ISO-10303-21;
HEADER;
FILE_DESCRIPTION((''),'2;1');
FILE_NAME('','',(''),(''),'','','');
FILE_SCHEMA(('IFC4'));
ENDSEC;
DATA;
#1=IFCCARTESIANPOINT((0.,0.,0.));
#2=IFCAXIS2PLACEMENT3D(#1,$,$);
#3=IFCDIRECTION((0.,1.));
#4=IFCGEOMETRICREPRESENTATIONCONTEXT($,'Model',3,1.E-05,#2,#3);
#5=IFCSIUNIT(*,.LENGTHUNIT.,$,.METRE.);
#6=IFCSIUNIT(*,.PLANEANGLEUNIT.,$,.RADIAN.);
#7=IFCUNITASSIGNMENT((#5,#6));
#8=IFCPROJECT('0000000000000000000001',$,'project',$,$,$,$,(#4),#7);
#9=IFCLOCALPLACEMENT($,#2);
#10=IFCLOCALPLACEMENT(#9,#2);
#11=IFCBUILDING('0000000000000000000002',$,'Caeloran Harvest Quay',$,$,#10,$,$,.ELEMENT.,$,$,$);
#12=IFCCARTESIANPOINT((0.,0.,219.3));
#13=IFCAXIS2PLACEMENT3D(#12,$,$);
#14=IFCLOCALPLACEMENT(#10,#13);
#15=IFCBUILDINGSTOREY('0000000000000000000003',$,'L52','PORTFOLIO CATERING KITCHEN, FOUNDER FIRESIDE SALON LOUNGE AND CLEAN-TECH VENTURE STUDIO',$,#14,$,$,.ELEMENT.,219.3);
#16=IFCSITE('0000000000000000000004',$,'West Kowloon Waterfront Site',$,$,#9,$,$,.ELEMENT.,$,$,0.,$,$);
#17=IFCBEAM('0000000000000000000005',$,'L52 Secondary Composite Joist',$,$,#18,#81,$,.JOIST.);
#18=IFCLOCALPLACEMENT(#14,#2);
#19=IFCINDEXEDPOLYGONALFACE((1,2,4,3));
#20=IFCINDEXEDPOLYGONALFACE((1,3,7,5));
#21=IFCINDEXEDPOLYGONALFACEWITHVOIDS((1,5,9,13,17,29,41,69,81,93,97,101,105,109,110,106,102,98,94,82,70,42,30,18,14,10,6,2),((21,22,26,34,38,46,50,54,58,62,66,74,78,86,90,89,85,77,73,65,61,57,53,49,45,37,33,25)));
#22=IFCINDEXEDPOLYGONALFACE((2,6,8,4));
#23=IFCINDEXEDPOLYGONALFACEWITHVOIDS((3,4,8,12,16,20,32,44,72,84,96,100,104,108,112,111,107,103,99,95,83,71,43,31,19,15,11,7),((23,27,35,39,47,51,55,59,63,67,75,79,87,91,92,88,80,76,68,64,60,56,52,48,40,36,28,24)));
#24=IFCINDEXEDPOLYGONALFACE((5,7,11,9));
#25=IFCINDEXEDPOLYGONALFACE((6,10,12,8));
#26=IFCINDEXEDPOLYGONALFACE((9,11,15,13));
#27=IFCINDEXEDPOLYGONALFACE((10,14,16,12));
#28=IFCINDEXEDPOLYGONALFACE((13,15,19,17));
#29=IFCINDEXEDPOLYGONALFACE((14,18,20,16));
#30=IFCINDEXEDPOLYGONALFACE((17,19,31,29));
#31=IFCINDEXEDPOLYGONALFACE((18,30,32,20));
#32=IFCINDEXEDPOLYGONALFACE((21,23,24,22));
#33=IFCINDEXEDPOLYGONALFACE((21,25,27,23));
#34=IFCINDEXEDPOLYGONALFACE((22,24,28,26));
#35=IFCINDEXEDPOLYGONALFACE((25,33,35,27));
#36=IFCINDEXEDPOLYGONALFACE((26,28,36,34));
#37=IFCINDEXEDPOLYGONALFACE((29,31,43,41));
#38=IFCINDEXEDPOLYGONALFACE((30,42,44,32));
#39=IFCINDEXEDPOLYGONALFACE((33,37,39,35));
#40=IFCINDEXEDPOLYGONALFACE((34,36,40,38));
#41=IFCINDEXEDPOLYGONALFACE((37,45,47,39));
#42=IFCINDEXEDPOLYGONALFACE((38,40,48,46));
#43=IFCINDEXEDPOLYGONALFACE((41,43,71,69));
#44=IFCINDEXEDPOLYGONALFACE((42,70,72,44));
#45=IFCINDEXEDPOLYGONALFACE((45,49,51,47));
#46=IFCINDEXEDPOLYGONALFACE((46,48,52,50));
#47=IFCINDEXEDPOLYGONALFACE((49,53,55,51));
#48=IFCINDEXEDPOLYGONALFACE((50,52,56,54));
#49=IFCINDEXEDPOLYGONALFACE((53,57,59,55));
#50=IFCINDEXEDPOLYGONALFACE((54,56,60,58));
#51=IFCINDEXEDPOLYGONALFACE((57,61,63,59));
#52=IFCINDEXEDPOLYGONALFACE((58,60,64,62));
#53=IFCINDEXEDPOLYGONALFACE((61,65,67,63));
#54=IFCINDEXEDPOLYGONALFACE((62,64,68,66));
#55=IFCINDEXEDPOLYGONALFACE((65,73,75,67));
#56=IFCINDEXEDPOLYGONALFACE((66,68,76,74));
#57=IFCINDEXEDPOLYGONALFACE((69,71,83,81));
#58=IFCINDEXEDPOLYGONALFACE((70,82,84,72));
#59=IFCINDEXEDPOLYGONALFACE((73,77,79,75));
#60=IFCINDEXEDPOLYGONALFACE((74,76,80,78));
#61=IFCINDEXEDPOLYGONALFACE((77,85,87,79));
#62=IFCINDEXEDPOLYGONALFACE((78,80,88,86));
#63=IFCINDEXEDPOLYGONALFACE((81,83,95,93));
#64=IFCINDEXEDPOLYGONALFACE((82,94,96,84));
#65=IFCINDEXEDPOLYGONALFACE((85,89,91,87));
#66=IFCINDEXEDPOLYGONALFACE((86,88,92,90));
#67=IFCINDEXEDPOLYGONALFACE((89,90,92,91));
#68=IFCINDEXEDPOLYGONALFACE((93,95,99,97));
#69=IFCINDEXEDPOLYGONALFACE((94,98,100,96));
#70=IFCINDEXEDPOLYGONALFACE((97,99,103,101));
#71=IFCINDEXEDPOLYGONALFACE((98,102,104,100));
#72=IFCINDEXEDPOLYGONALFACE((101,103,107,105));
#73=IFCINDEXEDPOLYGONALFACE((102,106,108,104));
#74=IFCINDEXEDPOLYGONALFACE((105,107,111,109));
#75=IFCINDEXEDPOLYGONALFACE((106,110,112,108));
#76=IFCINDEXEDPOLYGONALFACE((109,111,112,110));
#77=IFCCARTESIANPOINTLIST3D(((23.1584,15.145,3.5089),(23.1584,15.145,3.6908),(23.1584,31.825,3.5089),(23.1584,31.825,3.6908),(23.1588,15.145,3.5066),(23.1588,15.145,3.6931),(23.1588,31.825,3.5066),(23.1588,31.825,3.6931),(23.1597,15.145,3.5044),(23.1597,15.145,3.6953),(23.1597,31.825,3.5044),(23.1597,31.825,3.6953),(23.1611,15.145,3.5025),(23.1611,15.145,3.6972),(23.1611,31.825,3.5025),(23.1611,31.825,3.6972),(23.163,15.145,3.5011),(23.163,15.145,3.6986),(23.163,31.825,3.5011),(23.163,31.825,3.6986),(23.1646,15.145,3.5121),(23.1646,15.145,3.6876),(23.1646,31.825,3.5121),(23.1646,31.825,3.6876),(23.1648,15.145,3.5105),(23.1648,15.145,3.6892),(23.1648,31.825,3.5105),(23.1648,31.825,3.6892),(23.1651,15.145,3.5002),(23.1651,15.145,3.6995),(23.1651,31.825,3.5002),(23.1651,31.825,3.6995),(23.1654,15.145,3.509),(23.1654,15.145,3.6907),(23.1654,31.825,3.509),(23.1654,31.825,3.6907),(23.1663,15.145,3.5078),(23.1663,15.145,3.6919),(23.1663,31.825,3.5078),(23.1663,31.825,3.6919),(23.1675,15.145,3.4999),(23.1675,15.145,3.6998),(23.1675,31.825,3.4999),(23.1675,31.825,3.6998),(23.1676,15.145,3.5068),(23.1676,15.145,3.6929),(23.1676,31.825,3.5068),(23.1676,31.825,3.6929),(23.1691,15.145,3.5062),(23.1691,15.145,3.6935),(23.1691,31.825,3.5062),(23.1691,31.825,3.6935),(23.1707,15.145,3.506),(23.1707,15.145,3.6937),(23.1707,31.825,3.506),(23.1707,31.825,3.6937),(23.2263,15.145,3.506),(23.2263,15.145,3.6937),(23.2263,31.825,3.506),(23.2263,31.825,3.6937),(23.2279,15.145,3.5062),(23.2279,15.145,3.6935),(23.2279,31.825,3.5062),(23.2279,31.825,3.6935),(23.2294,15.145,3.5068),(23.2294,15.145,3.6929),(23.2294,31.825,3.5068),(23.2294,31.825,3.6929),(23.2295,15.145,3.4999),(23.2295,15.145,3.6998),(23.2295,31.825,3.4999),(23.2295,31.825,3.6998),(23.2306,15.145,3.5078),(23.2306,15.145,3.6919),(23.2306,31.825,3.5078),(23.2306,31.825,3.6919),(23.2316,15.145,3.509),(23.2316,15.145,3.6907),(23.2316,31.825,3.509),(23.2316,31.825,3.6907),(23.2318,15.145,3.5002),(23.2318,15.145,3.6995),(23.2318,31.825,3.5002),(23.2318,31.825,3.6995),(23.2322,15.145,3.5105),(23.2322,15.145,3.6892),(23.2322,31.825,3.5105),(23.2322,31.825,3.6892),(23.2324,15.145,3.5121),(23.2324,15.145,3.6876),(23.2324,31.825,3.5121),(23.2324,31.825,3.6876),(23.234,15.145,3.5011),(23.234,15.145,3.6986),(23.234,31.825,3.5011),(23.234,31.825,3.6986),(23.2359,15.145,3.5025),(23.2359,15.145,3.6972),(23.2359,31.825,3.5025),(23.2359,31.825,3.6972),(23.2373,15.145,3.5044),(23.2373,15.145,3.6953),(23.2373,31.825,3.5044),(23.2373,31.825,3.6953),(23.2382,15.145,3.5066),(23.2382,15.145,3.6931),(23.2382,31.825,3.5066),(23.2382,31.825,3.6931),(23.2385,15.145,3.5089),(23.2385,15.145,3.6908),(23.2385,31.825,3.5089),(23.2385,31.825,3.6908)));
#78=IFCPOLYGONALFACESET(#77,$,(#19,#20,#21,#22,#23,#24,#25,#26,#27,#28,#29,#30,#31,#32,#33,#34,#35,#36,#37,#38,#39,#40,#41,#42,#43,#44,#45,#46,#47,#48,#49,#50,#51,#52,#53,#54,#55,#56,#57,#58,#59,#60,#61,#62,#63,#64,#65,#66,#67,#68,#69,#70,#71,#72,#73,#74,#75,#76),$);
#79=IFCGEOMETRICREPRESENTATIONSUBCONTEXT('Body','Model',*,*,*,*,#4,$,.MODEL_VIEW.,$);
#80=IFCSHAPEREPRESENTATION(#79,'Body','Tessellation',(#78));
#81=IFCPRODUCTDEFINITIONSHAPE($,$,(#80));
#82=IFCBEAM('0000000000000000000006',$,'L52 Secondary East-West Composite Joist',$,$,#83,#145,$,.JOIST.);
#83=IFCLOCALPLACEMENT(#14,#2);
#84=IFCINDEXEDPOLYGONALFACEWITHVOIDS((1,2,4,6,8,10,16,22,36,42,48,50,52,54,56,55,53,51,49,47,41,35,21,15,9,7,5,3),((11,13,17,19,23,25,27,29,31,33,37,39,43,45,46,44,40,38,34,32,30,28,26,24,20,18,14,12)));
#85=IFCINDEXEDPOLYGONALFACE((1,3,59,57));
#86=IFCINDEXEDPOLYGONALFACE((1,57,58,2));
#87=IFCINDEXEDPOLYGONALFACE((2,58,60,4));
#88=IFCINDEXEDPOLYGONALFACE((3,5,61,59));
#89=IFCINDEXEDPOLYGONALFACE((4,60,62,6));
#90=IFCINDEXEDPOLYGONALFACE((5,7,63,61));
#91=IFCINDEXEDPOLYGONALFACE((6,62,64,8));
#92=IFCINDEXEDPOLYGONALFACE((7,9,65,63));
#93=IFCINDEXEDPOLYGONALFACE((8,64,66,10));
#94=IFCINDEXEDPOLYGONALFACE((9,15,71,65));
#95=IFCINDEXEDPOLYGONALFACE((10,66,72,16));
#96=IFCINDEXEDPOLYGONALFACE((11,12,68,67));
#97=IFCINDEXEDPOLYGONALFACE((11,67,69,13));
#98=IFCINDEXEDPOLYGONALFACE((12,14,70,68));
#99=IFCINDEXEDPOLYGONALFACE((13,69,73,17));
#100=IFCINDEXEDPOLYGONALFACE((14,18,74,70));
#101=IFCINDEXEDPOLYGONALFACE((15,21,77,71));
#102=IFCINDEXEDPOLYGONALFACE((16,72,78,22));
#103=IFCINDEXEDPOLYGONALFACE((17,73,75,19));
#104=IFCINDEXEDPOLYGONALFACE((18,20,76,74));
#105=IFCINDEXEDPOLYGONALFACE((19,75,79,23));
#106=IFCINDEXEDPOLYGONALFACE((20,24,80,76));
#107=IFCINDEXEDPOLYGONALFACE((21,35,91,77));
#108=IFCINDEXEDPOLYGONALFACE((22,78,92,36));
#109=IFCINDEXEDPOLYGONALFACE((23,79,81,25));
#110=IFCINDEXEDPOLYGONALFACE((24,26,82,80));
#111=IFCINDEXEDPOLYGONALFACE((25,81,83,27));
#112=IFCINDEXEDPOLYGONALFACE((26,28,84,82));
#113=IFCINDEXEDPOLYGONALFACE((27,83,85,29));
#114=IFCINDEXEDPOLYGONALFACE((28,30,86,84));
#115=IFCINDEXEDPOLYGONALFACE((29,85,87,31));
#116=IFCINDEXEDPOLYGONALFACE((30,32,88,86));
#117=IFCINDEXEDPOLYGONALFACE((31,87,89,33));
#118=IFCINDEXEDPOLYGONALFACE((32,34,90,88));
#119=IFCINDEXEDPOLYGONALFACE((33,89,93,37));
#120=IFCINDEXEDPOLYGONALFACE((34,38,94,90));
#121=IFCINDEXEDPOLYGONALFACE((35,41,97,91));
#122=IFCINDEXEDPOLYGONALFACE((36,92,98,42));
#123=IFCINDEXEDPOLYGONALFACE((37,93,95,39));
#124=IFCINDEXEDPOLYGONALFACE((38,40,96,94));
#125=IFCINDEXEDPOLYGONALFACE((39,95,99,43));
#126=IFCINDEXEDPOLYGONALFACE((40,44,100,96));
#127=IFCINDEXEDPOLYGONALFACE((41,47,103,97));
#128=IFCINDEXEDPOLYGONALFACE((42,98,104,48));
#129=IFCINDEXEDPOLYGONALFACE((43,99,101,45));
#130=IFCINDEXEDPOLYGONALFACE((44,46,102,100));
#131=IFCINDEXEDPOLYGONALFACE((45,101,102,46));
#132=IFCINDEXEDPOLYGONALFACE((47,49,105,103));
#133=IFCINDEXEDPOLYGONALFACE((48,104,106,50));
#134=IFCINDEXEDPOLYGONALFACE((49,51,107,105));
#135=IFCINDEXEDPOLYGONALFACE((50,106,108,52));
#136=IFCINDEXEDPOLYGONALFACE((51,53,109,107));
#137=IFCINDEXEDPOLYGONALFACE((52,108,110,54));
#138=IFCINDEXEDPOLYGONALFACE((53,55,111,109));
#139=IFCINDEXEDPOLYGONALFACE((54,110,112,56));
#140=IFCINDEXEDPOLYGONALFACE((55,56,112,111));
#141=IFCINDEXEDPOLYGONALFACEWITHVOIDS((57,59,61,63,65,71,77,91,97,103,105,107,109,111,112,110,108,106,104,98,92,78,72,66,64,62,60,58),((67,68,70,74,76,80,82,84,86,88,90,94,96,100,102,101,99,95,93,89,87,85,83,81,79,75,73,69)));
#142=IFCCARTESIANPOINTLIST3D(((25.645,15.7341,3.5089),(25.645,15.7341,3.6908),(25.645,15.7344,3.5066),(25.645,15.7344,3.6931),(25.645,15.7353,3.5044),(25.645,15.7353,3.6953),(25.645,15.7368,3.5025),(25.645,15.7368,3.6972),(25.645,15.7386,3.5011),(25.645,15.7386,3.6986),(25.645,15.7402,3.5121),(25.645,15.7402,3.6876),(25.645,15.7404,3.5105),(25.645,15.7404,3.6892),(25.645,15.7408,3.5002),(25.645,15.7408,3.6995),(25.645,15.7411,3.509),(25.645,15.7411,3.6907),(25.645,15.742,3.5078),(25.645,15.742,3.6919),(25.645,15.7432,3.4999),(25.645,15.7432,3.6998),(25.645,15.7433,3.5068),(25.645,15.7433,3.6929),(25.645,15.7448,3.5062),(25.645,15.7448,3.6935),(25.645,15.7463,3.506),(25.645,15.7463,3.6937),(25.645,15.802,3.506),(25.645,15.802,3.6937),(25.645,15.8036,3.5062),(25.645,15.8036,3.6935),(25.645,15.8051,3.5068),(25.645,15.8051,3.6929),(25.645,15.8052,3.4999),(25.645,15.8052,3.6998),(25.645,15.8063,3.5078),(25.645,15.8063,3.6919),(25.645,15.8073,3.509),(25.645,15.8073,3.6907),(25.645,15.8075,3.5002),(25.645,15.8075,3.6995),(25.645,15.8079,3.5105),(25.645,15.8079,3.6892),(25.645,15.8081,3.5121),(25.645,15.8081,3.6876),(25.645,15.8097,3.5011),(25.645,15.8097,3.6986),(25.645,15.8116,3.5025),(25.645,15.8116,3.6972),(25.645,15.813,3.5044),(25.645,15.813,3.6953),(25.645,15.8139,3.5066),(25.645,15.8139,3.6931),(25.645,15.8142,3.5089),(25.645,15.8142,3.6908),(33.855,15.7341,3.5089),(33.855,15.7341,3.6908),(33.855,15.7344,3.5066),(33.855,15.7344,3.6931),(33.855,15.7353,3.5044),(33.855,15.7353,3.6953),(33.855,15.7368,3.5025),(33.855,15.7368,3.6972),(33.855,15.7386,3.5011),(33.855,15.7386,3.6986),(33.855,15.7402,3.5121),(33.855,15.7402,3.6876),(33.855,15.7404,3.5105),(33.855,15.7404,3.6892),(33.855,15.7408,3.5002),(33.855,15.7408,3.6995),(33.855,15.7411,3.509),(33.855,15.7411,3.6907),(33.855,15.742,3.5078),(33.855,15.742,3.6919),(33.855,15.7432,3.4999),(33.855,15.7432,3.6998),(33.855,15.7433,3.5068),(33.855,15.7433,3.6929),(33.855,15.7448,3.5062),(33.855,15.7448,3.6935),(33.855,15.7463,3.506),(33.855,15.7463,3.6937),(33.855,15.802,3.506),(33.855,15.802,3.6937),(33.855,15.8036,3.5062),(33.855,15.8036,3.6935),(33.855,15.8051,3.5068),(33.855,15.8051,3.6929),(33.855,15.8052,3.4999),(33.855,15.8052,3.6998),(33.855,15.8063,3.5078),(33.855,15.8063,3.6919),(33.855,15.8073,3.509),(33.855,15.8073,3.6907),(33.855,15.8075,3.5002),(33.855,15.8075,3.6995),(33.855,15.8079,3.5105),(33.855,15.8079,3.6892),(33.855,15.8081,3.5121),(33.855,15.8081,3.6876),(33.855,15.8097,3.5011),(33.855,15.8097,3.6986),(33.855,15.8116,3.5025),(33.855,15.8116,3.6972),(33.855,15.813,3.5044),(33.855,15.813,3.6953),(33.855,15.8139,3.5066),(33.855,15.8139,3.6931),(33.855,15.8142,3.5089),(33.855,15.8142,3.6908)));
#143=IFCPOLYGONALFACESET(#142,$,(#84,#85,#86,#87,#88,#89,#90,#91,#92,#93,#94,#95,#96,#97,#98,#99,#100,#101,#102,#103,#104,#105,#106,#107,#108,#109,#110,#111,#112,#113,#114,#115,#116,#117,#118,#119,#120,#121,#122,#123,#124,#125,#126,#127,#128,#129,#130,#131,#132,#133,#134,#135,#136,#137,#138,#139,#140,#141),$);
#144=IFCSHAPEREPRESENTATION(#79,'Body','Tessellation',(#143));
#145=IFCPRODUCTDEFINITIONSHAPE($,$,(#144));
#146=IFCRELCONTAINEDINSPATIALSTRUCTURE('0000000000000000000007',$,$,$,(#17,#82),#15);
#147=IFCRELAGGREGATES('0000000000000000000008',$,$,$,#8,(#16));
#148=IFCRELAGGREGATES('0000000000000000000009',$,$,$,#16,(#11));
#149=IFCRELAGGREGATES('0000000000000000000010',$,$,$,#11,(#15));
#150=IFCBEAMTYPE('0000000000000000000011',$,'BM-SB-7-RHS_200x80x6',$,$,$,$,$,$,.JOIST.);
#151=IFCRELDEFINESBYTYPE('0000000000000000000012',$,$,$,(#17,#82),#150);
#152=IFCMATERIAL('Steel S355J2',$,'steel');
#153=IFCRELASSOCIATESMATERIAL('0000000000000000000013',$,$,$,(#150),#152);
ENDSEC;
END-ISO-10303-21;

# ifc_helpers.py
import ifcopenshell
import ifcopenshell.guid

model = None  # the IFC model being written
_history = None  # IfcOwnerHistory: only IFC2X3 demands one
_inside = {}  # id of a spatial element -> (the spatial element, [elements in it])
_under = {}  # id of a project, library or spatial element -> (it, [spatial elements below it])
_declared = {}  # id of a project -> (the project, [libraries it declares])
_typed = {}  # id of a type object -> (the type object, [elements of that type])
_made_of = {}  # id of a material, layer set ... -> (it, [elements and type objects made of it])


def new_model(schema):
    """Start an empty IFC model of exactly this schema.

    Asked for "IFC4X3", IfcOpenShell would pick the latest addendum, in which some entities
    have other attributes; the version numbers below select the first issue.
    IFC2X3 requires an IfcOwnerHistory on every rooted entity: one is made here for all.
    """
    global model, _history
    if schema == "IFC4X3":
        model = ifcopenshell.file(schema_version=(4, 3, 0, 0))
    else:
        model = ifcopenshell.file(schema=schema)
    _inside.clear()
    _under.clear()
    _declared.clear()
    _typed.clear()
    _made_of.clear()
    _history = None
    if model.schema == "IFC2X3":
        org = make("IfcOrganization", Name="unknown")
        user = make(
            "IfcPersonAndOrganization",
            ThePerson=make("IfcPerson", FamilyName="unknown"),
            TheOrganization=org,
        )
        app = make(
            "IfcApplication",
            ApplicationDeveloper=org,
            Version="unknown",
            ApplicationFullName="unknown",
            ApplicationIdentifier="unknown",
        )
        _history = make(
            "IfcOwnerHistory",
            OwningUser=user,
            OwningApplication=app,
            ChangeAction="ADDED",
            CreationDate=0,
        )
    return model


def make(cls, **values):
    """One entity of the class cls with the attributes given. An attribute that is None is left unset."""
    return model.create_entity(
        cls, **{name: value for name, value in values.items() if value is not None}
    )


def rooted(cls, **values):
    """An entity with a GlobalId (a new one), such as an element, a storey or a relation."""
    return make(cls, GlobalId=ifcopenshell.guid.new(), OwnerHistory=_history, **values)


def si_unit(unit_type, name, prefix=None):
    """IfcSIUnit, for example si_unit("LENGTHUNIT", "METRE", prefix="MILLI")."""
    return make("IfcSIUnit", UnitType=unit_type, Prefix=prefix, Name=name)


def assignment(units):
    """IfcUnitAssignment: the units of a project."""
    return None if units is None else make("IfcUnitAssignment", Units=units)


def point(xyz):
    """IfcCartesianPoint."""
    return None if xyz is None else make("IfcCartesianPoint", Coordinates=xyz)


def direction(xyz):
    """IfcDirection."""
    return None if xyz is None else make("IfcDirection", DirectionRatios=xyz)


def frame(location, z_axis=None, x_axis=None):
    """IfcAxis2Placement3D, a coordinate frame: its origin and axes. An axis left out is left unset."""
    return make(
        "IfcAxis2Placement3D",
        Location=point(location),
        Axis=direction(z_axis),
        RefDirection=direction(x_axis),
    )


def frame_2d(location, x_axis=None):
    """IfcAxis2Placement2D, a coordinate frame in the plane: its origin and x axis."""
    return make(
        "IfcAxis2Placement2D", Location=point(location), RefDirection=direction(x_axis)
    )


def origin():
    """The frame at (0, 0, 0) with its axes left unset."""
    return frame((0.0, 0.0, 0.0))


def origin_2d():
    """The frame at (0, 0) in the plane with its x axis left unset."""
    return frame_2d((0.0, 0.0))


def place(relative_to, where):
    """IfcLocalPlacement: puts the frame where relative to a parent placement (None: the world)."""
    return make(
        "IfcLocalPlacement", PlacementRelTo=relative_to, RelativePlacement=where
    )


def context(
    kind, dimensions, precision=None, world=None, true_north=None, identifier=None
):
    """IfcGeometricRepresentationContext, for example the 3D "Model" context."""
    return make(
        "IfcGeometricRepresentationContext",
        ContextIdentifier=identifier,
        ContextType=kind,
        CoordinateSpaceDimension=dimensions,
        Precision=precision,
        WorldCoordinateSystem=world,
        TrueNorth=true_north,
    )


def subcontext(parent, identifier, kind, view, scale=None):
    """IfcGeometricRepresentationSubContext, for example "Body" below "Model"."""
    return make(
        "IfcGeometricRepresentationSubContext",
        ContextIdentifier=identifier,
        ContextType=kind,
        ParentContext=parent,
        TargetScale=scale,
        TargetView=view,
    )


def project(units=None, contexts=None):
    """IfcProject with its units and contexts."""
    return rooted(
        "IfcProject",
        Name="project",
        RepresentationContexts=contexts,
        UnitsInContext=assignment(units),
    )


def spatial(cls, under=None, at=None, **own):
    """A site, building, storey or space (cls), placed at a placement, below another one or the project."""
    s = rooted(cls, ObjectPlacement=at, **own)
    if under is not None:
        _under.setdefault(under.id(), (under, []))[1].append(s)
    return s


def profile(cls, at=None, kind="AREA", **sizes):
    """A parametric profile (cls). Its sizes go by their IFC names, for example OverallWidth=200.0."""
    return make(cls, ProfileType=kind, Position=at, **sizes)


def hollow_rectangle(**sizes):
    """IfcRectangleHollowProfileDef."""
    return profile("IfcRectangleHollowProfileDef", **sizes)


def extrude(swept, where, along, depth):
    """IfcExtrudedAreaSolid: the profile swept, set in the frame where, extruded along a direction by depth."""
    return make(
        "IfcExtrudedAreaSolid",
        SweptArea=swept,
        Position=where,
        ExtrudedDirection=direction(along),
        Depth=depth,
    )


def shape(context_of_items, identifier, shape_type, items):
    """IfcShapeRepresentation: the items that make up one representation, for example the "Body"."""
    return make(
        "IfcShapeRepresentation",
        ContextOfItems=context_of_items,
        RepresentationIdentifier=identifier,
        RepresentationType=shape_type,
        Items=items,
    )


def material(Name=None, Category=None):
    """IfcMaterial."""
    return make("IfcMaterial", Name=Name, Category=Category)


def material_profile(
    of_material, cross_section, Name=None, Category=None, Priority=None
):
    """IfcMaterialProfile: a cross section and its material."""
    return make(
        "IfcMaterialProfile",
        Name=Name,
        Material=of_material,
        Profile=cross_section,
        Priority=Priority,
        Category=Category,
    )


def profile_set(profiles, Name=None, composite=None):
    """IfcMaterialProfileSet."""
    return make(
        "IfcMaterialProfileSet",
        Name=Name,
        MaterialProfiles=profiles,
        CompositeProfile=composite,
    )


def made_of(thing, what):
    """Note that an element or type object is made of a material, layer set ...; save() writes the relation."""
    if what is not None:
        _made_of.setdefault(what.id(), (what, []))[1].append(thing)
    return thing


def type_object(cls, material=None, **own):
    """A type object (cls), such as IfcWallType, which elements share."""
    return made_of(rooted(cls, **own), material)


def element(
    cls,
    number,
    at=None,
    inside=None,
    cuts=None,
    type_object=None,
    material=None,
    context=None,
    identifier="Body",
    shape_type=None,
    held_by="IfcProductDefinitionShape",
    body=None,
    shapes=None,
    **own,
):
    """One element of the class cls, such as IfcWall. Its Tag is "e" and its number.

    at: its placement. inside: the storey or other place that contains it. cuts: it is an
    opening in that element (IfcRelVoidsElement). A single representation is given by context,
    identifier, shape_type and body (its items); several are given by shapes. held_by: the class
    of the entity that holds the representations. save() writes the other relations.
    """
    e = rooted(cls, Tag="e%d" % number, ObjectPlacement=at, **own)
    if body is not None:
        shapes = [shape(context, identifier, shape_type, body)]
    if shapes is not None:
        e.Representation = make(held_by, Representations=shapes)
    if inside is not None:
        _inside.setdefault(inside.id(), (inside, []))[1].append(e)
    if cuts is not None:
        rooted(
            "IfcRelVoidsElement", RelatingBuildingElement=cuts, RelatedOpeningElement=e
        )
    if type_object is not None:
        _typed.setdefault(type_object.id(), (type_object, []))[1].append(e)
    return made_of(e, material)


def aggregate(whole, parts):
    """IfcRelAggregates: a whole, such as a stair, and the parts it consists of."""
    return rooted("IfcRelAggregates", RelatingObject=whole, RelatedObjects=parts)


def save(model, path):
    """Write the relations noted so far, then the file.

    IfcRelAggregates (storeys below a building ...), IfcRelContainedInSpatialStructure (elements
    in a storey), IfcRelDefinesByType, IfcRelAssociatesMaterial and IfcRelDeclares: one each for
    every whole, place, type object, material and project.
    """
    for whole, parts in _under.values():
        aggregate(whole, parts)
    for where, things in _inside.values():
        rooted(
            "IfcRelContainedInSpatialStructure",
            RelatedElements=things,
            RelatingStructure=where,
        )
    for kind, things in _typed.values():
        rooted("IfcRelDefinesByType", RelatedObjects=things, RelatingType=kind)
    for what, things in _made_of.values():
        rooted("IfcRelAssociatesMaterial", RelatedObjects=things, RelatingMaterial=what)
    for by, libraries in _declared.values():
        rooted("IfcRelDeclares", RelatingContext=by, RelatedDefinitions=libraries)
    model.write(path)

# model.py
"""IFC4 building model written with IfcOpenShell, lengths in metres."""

from ifc_helpers import new_model, si_unit, direction, frame, origin, origin_2d, place, context, subcontext, project, spatial, hollow_rectangle, extrude, material, material_profile, profile_set, type_object, element, save


model = new_model("IFC4")

# Units and contexts
model_context = context("Model", 3, precision=1e-05, world=origin(), true_north=direction((0.0, 1.0)))
body_context = subcontext(model_context, "Body", "Model", "MODEL_VIEW")
ifc_project = project(units=[si_unit("LENGTHUNIT", "METRE"), si_unit("PLANEANGLEUNIT", "RADIAN")], contexts=[model_context])

# Site, building, storey
site_placement = place(None, origin())
site = spatial("IfcSite", under=ifc_project, at=site_placement, Name="West Kowloon Waterfront Site", CompositionType="ELEMENT", RefElevation=0.0)
building_placement = place(site_placement, origin())
building = spatial("IfcBuilding", under=site, at=building_placement, Name="Caeloran Harvest Quay", CompositionType="ELEMENT")
storey_placement = place(building_placement, frame((0.0, 0.0, 219.3)))
storey = spatial("IfcBuildingStorey", under=building, at=storey_placement, Name="L52", Description="PORTFOLIO CATERING KITCHEN, FOUNDER FIRESIDE SALON LOUNGE AND CLEAN-TECH VENTURE STUDIO", CompositionType="ELEMENT", Elevation=219.3)

# Beams
ifc_material_1 = material(Name="Steel S355J2", Category="steel")
ifc_material_profile_1 = material_profile(ifc_material_1, hollow_rectangle(XDim=0.0801, YDim=0.2, WallThickness=0.0061, InnerFilletRadius=0.0061, OuterFilletRadius=0.009, at=origin_2d()), Name="RHS 200x80x6")
ifc_profile_set_1 = profile_set([ifc_material_profile_1], Name="Steel S355J2")
beam_type_1 = type_object("IfcBeamType", Name="BM-SB-7-RHS_200x80x6", PredefinedType="JOIST", material=ifc_profile_set_1)
beam_1_placement = place(storey_placement, frame((23.1985, 15.145, 3.5999), z_axis=(0.0, 1.0, 0.0), x_axis=(-1.0, 0.0, 0.0)))
element("IfcBeam", 1, at=beam_1_placement, inside=storey, type_object=beam_type_1, Name="L52 Secondary Composite Joist", PredefinedType="JOIST", context=body_context, shape_type="SweptSolid", body=[
    extrude(hollow_rectangle(XDim=0.0801, YDim=0.2, WallThickness=0.0061, InnerFilletRadius=0.0061, OuterFilletRadius=0.009, at=origin_2d()), origin(), (0.0, 0.0, 1.0), 16.6799),
])
for number, where, z_axis, x_axis, name in (
    (2, (25.645, 15.7742, 3.5999), (1.0, 0.0, 0.0), (0.0, 1.0, 0.0), "L52 Secondary East-West Composite Joist"),
):
    element("IfcBeam", number, at=place(storey_placement, frame(where, z_axis=z_axis, x_axis=x_axis)), inside=storey, type_object=beam_type_1, Name=name, PredefinedType="JOIST", context=body_context, shape_type="SweptSolid", body=[
        extrude(hollow_rectangle(XDim=0.0801, YDim=0.2, WallThickness=0.0061, InnerFilletRadius=0.0061, OuterFilletRadius=0.009, at=origin_2d()), origin(), (0.0, 0.0, 1.0), 8.21),
    ])

save(model, "model.ifc")
